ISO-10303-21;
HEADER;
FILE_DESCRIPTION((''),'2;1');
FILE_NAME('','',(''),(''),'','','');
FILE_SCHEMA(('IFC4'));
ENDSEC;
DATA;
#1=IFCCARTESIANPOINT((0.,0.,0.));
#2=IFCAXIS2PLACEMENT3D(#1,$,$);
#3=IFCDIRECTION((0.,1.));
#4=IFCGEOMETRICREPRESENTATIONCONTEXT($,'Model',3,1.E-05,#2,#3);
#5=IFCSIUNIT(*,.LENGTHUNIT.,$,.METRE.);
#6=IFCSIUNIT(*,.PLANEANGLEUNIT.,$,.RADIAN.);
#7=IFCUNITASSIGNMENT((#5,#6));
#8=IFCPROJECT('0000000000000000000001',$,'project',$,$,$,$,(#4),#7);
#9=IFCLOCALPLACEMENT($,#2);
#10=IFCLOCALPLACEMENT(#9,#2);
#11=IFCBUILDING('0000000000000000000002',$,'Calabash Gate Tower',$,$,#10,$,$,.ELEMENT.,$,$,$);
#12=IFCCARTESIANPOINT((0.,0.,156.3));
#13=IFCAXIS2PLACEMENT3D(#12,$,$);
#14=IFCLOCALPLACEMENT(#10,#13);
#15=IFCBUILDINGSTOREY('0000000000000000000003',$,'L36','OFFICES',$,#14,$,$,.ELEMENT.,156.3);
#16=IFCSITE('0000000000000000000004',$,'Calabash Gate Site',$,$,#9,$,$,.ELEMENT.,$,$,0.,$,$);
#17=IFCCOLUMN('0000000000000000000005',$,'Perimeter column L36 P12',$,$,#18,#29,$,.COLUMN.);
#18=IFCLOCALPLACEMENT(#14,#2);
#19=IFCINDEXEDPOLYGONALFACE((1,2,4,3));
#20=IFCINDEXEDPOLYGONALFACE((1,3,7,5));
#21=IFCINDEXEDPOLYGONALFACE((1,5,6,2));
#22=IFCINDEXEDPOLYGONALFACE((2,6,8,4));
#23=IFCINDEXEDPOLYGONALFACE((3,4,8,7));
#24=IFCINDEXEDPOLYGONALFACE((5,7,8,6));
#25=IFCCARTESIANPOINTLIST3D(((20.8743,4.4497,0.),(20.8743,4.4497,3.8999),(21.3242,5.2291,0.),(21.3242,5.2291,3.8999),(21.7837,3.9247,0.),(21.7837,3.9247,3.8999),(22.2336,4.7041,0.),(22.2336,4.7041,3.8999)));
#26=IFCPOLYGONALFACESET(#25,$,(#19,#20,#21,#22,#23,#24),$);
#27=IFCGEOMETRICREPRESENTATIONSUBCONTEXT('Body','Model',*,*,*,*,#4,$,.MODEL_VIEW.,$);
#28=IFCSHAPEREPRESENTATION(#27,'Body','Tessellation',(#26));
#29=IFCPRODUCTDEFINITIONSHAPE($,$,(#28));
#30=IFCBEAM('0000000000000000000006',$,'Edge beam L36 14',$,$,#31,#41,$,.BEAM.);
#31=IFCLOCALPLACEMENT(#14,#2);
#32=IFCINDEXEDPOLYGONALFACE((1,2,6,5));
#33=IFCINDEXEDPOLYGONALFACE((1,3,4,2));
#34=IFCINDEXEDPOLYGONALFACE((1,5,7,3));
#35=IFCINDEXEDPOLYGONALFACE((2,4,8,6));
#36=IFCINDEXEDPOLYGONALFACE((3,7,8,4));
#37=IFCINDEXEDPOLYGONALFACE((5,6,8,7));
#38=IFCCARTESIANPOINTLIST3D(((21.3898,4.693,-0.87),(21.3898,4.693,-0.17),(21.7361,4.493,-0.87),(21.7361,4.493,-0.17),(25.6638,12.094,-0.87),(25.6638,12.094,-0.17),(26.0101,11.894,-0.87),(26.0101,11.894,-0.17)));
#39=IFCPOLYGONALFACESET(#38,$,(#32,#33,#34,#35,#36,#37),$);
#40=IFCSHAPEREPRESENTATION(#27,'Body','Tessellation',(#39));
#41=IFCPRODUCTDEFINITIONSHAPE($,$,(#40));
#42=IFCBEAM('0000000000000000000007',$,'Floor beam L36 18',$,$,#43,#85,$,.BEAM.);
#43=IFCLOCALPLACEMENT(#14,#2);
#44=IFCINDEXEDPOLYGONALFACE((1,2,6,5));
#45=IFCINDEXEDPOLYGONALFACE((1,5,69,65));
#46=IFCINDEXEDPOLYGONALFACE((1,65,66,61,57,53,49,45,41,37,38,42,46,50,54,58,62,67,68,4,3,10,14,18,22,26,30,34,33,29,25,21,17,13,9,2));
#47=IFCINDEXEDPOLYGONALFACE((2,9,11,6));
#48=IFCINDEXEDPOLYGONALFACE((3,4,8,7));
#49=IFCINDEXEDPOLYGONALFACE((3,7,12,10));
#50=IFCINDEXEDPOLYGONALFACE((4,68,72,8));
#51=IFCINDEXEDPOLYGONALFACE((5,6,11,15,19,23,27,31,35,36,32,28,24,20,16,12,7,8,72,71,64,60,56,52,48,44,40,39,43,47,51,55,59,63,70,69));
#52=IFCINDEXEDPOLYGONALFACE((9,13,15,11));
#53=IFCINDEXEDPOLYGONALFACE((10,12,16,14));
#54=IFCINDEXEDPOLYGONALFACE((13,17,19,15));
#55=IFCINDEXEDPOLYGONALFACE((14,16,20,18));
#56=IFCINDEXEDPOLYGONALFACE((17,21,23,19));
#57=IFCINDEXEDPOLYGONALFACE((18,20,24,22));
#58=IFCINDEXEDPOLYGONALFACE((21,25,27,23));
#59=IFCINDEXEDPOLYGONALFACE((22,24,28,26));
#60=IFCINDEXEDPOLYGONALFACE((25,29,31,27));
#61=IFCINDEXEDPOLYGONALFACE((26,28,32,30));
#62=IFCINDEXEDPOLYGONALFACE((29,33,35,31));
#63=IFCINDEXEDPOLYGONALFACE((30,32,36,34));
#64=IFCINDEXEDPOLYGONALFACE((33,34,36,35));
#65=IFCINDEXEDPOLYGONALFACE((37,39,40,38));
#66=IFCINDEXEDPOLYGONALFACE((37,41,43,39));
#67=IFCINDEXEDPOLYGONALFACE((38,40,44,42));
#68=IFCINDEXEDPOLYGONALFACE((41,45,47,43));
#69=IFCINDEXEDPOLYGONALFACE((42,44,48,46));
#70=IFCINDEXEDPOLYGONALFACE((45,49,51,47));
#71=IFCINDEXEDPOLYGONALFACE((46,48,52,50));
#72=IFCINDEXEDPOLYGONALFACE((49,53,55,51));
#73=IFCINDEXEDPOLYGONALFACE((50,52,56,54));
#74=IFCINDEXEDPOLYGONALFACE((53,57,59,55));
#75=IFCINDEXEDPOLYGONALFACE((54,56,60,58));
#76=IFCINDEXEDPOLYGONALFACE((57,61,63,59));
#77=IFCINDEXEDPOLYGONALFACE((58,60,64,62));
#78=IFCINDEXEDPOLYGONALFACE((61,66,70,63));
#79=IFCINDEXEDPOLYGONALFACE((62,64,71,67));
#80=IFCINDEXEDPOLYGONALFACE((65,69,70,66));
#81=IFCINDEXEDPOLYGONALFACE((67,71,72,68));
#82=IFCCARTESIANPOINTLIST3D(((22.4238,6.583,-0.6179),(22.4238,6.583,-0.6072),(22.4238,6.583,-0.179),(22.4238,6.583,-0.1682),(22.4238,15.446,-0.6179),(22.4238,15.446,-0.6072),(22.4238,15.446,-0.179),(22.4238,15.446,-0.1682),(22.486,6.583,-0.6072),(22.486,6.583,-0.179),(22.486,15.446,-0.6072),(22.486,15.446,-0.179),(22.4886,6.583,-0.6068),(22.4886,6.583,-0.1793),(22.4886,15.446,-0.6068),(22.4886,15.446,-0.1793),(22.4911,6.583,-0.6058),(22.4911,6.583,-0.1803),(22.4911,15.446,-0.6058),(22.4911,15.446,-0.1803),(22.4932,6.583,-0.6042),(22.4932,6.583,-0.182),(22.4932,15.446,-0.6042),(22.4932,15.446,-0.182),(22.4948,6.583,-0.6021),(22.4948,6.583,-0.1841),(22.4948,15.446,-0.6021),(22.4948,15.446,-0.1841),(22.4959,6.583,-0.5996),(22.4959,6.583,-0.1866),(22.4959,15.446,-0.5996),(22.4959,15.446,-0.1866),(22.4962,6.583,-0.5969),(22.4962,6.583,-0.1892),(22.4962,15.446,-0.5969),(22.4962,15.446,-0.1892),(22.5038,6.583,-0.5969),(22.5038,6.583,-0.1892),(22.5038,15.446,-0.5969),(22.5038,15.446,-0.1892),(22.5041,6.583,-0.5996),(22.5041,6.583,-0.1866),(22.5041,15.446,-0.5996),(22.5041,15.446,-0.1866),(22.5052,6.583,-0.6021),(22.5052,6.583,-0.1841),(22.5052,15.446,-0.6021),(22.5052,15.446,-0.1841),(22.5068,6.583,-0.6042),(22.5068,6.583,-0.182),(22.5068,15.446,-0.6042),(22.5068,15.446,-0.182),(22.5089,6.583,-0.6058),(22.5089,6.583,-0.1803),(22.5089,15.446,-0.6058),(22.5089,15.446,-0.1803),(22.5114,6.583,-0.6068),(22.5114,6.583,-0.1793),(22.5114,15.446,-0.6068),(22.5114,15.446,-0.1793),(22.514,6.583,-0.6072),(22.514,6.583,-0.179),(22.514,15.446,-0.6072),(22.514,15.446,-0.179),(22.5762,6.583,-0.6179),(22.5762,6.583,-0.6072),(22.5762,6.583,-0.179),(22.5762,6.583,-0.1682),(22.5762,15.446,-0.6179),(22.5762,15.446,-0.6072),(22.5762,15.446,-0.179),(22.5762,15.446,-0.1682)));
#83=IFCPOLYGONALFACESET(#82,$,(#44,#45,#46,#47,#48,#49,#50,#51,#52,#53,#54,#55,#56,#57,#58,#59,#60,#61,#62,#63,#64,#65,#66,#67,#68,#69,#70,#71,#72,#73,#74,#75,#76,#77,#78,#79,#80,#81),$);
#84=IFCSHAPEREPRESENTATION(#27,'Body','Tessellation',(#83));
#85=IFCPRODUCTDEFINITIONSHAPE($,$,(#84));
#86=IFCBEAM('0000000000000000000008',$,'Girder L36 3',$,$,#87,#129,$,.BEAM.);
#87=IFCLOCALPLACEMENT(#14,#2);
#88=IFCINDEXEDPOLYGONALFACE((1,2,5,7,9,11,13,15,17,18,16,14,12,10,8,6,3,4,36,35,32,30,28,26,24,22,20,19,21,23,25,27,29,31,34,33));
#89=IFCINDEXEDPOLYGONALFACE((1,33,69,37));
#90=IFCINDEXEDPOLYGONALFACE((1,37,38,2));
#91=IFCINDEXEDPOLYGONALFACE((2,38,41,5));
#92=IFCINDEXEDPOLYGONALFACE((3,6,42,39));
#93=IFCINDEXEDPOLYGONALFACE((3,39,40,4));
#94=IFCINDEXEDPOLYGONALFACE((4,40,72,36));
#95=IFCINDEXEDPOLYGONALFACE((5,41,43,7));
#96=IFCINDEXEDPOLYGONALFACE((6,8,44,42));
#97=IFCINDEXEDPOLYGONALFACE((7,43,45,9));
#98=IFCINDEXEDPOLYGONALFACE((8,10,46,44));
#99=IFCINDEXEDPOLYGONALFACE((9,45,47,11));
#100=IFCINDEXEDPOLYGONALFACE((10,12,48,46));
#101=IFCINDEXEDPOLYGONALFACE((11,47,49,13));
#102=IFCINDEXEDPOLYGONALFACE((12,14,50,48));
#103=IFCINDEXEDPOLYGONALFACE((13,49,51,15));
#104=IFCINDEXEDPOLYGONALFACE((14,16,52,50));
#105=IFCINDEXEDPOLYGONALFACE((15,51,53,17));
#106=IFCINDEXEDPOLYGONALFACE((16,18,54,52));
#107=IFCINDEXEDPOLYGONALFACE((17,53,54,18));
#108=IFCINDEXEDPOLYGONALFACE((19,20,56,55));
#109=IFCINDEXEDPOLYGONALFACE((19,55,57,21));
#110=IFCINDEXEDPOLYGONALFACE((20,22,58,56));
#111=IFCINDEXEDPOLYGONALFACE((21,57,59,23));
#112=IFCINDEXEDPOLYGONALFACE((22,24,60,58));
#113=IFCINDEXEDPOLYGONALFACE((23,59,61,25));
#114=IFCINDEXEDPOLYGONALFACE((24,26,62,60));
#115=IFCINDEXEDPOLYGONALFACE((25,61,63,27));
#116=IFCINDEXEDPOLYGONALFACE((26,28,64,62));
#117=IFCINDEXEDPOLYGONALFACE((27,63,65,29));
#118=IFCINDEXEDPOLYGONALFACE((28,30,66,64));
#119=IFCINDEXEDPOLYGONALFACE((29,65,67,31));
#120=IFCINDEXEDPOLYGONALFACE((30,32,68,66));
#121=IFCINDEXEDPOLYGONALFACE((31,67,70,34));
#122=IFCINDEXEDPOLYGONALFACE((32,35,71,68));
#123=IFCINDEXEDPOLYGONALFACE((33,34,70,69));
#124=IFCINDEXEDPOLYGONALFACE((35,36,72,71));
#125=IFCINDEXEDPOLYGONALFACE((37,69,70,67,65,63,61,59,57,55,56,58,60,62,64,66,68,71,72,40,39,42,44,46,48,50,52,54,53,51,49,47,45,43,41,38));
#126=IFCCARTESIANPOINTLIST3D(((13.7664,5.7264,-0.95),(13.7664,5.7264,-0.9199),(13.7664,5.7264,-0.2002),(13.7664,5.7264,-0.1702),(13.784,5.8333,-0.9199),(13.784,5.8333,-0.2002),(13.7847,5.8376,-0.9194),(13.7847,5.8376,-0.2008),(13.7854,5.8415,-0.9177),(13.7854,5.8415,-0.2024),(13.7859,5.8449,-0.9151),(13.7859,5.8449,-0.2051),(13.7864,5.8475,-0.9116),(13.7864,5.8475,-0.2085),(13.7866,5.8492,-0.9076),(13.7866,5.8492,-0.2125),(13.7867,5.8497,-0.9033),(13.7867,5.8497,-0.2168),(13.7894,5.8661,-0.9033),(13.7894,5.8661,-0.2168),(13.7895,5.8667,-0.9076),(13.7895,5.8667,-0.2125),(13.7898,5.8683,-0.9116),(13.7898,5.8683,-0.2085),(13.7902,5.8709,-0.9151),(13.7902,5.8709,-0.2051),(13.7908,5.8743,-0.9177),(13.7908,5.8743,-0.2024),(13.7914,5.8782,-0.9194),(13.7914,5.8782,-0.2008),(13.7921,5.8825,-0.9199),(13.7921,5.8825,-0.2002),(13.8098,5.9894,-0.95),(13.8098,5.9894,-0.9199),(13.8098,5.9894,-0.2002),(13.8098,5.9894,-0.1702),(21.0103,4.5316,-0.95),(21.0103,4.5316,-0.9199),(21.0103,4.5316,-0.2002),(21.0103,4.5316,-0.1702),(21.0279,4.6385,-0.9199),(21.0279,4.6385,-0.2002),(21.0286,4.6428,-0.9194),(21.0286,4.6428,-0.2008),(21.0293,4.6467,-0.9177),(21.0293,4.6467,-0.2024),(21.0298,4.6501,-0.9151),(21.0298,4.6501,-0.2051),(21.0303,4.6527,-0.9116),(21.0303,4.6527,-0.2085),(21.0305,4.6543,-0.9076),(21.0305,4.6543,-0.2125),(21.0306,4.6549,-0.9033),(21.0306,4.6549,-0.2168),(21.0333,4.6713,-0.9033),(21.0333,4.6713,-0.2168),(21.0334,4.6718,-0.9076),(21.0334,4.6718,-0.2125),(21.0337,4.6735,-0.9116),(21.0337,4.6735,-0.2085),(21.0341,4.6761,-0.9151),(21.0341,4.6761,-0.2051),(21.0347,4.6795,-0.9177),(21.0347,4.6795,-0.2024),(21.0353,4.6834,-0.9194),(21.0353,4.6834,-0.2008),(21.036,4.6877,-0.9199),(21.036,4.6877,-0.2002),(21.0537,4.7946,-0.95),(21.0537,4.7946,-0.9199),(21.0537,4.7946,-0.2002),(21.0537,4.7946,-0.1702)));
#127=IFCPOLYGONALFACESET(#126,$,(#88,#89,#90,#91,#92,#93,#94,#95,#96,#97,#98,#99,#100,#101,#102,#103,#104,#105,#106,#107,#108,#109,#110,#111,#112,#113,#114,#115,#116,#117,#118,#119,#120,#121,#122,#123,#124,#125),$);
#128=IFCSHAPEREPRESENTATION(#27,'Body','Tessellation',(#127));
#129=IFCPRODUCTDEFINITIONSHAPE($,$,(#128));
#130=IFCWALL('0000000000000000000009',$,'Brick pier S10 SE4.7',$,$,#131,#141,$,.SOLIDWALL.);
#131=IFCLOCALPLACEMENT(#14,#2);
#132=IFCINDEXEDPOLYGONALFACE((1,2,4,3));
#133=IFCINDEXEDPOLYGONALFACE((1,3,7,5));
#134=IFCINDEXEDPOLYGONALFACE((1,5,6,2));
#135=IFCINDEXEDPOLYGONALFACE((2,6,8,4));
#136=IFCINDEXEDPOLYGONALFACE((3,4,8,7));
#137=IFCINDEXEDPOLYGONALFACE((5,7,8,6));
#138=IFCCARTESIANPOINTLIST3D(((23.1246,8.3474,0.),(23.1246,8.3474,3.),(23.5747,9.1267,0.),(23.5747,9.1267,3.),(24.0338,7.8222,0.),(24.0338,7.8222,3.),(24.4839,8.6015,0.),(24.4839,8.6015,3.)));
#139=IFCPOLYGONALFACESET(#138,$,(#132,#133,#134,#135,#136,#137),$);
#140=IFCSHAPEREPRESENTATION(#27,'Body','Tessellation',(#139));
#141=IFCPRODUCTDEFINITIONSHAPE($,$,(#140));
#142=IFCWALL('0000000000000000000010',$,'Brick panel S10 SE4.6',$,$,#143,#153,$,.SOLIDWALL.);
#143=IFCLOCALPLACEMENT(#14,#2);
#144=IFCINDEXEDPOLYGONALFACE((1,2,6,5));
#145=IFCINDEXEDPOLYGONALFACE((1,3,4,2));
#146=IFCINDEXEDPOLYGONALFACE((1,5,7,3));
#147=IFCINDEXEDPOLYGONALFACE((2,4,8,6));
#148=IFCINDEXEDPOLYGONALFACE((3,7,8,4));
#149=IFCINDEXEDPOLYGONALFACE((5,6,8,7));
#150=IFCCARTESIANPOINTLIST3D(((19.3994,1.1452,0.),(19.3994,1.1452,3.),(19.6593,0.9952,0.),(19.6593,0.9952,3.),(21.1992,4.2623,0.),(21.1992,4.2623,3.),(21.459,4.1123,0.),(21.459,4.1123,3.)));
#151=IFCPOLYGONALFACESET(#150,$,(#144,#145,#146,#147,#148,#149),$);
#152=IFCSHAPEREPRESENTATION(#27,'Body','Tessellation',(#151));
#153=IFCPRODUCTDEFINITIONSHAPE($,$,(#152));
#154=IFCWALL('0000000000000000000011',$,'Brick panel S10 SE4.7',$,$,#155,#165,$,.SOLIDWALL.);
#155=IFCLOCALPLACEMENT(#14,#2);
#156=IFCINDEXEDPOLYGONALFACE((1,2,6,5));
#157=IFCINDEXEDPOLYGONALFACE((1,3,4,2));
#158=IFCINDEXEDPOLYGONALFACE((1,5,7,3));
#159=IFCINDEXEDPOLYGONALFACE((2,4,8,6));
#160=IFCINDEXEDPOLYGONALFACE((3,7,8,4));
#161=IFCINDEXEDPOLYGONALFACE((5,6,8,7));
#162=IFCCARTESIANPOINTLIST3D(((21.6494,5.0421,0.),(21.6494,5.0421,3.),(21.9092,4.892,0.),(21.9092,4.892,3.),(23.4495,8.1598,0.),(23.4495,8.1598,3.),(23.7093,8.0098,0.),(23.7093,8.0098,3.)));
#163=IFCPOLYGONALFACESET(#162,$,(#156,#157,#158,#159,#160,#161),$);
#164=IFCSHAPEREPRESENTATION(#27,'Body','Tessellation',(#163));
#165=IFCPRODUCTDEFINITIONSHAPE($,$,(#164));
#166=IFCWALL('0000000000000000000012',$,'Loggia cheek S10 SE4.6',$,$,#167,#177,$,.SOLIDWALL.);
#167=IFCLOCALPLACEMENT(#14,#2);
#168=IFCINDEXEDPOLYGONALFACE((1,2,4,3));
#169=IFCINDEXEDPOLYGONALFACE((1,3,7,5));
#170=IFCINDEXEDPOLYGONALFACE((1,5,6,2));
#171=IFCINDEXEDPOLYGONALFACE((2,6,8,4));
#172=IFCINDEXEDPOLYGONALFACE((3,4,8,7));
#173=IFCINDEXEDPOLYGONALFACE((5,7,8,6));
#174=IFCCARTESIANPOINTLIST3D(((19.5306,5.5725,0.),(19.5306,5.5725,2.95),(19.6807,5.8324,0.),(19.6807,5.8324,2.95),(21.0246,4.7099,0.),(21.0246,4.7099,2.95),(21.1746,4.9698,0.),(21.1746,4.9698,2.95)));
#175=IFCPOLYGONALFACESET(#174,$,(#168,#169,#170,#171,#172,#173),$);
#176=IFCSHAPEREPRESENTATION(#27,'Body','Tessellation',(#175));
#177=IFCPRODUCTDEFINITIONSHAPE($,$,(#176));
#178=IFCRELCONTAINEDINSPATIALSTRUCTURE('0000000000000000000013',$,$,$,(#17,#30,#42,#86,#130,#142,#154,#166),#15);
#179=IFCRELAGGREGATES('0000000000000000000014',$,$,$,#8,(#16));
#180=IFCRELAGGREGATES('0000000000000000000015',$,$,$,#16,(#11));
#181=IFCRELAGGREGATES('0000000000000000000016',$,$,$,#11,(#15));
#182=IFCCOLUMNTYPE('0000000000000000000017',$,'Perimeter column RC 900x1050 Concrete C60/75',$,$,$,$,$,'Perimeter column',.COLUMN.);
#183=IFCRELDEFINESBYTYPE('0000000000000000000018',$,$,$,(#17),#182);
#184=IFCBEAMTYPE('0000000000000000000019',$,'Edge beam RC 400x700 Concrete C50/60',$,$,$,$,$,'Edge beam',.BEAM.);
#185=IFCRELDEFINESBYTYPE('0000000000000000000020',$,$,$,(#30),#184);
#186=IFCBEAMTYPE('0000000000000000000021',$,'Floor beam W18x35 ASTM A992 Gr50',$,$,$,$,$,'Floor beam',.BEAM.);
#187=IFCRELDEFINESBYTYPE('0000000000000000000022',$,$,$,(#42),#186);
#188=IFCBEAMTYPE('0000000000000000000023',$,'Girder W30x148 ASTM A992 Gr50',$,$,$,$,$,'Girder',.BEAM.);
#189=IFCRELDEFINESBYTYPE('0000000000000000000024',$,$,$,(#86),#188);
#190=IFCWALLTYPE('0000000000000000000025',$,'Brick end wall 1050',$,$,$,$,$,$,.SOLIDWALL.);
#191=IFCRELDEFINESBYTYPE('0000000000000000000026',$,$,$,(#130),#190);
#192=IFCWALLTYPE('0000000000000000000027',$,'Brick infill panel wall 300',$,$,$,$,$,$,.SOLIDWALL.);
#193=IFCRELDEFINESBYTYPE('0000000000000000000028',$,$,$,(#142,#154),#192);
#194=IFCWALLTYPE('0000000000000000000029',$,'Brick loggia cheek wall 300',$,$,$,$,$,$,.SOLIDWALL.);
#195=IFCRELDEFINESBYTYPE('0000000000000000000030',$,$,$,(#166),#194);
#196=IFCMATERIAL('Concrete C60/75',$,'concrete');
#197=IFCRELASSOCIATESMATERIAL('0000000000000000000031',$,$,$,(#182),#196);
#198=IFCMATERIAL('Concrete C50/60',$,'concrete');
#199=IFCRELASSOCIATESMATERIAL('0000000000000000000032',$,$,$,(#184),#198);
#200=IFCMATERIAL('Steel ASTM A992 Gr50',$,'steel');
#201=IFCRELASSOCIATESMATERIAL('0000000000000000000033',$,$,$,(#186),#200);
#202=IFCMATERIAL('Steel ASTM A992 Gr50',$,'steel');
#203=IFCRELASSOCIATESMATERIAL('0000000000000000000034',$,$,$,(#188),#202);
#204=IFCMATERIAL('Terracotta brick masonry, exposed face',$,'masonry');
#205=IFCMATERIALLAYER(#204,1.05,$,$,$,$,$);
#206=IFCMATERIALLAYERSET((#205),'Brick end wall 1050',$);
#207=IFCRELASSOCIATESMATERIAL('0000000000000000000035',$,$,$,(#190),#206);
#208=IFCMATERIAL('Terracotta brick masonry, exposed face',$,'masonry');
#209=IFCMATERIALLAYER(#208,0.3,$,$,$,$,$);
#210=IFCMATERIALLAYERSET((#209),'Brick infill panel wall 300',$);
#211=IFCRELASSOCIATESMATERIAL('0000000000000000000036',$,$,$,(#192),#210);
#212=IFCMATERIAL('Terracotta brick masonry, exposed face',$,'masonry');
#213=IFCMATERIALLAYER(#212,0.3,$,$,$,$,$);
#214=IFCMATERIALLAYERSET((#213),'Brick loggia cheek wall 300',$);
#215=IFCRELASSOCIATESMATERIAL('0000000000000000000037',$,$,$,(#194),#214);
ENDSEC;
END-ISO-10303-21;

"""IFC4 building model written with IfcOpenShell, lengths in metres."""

from ifc_helpers import new_model, si_unit, direction, frame, frame_2d, origin, origin_2d, place, context, subcontext, project, spatial, rectangle, i_section, extrude, material, layer, layer_set, material_profile, profile_set, type_object, element, save


model = new_model("IFC4")

# Units and contexts
model_context = context("Model", 3, precision=1e-05, world=origin(), true_north=direction((0.0, 1.0)))
body_context = subcontext(model_context, "Body", "Model", "MODEL_VIEW")
ifc_project = project(units=[si_unit("LENGTHUNIT", "METRE"), si_unit("PLANEANGLEUNIT", "RADIAN")], contexts=[model_context])

# Site, building, storey
site_placement = place(None, origin())
site = spatial("IfcSite", under=ifc_project, at=site_placement, Name="Calabash Gate Site", CompositionType="ELEMENT", RefElevation=0.0)
building_placement = place(site_placement, origin())
building = spatial("IfcBuilding", under=site, at=building_placement, Name="Calabash Gate Tower", CompositionType="ELEMENT")
storey_placement = place(building_placement, frame((0.0, 0.0, 156.3)))
storey = spatial("IfcBuildingStorey", under=building, at=storey_placement, Name="L36", Description="OFFICES", CompositionType="ELEMENT", Elevation=156.3)

# Column
ifc_material_1 = material(Name="Concrete C60/75", Category="concrete")
ifc_material_profile_1 = material_profile(ifc_material_1, rectangle(XDim=0.8999, YDim=1.05, at=origin_2d()))
ifc_profile_set_1 = profile_set([ifc_material_profile_1], Name="Concrete C60/75")
column_type = type_object("IfcColumnType", Name="Perimeter column RC 900x1050 Concrete C60/75", ElementType="Perimeter column", PredefinedType="COLUMN", material=ifc_profile_set_1)
column_placement = place(storey_placement, frame((21.554, 4.5769, 0.0), z_axis=(0.0, 0.0, 1.0), x_axis=(0.5, 0.866025, 0.0)))
element("IfcColumn", 1, at=column_placement, inside=storey, type_object=column_type, Name="Perimeter column L36 P12", PredefinedType="COLUMN", context=body_context, shape_type="SweptSolid", body=[
    extrude(rectangle(XDim=0.8999, YDim=1.05, at=origin_2d()), origin(), (0.0, 0.0, 1.0), 3.8999),
])

# Beams
ifc_material_2 = material(Name="Concrete C50/60", Category="concrete")
ifc_material_profile_2 = material_profile(ifc_material_2, rectangle(XDim=0.3999, YDim=0.7, at=origin_2d()))
ifc_profile_set_2 = profile_set([ifc_material_profile_2], Name="Concrete C50/60")
beam_type_1 = type_object("IfcBeamType", Name="Edge beam RC 400x700 Concrete C50/60", ElementType="Edge beam", PredefinedType="BEAM", material=ifc_profile_set_2)
beam_1_placement = place(storey_placement, frame((21.563, 4.593, -0.52), z_axis=(0.50009, 0.865973, 0.0), x_axis=(-0.865973, 0.50009, 0.0)))
element("IfcBeam", 2, at=beam_1_placement, inside=storey, type_object=beam_type_1, Name="Edge beam L36 14", PredefinedType="BEAM", context=body_context, shape_type="SweptSolid", body=[
    extrude(rectangle(XDim=0.3999, YDim=0.7, at=origin_2d()), origin(), (0.0, 0.0, 1.0), 8.5464),
])
ifc_material_3 = material(Name="Steel ASTM A992 Gr50", Category="steel")
ifc_material_profile_3 = material_profile(ifc_material_3, i_section(OverallWidth=0.1523, OverallDepth=0.4497, WebThickness=0.0076, FlangeThickness=0.0107, FilletRadius=0.0103, at=origin_2d()))
ifc_profile_set_3 = profile_set([ifc_material_profile_3], Name="Steel ASTM A992 Gr50")
beam_type_2 = type_object("IfcBeamType", Name="Floor beam W18x35 ASTM A992 Gr50", ElementType="Floor beam", PredefinedType="BEAM", material=ifc_profile_set_3)
beam_2_placement = place(storey_placement, frame((22.5, 6.583, -0.3931), z_axis=(0.0, 1.0, 0.0), x_axis=(-1.0, 0.0, 0.0)))
element("IfcBeam", 3, at=beam_2_placement, inside=storey, type_object=beam_type_2, Name="Floor beam L36 18", PredefinedType="BEAM", context=body_context, shape_type="SweptSolid", body=[
    extrude(i_section(OverallWidth=0.1523, OverallDepth=0.4497, WebThickness=0.0076, FlangeThickness=0.0107, FilletRadius=0.0103, at=origin_2d()), origin(), (0.0, 0.0, 1.0), 8.863),
])
ifc_material_4 = material(Name="Steel ASTM A992 Gr50", Category="steel")
ifc_material_profile_4 = material_profile(ifc_material_4, i_section(OverallWidth=0.2666, OverallDepth=0.7798, WebThickness=0.0166, FlangeThickness=0.03, FilletRadius=0.0166, at=origin_2d()))
ifc_profile_set_4 = profile_set([ifc_material_profile_4], Name="Steel ASTM A992 Gr50")
beam_type_3 = type_object("IfcBeamType", Name="Girder W30x148 ASTM A992 Gr50", ElementType="Girder", PredefinedType="BEAM", material=ifc_profile_set_4)
beam_3_placement = place(storey_placement, frame((21.032, 4.6631, -0.5601), z_axis=(-0.986668, 0.162743, 0.0), x_axis=(-0.162743, -0.986668, 0.0)))
element("IfcBeam", 4, at=beam_3_placement, inside=storey, type_object=beam_type_3, Name="Girder L36 3", PredefinedType="BEAM", context=body_context, shape_type="SweptSolid", body=[
    extrude(i_section(OverallWidth=0.2666, OverallDepth=0.7798, WebThickness=0.0166, FlangeThickness=0.03, FilletRadius=0.0166, at=origin_2d()), origin(), (0.0, 0.0, 1.0), 7.3418),
])

# Walls
ifc_material_5 = material(Name="Terracotta brick masonry, exposed face", Category="masonry")
ifc_layer_1 = layer(ifc_material_5, 1.05)
ifc_layer_set_1 = layer_set([ifc_layer_1], Name="Brick end wall 1050")
wall_type_1 = type_object("IfcWallType", Name="Brick end wall 1050", PredefinedType="SOLIDWALL", material=ifc_layer_set_1)
wall_1_placement = place(storey_placement, frame((24.2588, 8.2119, 0.0), z_axis=(0.0, 0.0, 1.0), x_axis=(-0.86593, 0.500165, 0.0)))
element("IfcWall", 5, at=wall_1_placement, inside=storey, type_object=wall_type_1, Name="Brick pier S10 SE4.7", PredefinedType="SOLIDWALL", context=body_context, shape_type="SweptSolid", body=[
    extrude(rectangle(XDim=1.05, YDim=0.8999, at=frame_2d((0.5249, 0.0))), origin(), (0.0, 0.0, 1.0), 3.0),
])
ifc_material_6 = material(Name="Terracotta brick masonry, exposed face", Category="masonry")
ifc_layer_2 = layer(ifc_material_6, 0.3)
ifc_layer_set_2 = layer_set([ifc_layer_2], Name="Brick infill panel wall 300")
wall_type_2 = type_object("IfcWallType", Name="Brick infill panel wall 300", PredefinedType="SOLIDWALL", material=ifc_layer_set_2)
wall_2_placement = place(storey_placement, frame((19.5293, 1.0701, 0.0), z_axis=(0.0, 0.0, 1.0), x_axis=(0.50002, 0.866014, 0.0)))
element("IfcWall", 6, at=wall_2_placement, inside=storey, type_object=wall_type_2, Name="Brick panel S10 SE4.6", PredefinedType="SOLIDWALL", context=body_context, shape_type="SweptSolid", body=[
    extrude(rectangle(XDim=3.5994, YDim=0.3, at=frame_2d((1.7998, 0.0))), origin(), (0.0, 0.0, 1.0), 3.0),
])
wall_3_placement = place(storey_placement, frame((21.7793, 4.967, 0.0), z_axis=(0.0, 0.0, 1.0), x_axis=(0.500012, 0.866018, 0.0)))
element("IfcWall", 7, at=wall_3_placement, inside=storey, type_object=wall_type_2, Name="Brick panel S10 SE4.7", PredefinedType="SOLIDWALL", context=body_context, shape_type="SweptSolid", body=[
    extrude(rectangle(XDim=3.6001, YDim=0.3, at=frame_2d((1.8, 0.0))), origin(), (0.0, 0.0, 1.0), 3.0),
])
ifc_material_7 = material(Name="Terracotta brick masonry, exposed face", Category="masonry")
ifc_layer_3 = layer(ifc_material_7, 0.3)
ifc_layer_set_3 = layer_set([ifc_layer_3], Name="Brick loggia cheek wall 300")
wall_type_3 = type_object("IfcWallType", Name="Brick loggia cheek wall 300", PredefinedType="SOLIDWALL", material=ifc_layer_set_3)
wall_4_placement = place(storey_placement, frame((21.0996, 4.8398, 0.0), z_axis=(0.0, 0.0, 1.0), x_axis=(-0.866014, 0.500021, 0.0)))
element("IfcWall", 8, at=wall_4_placement, inside=storey, type_object=wall_type_3, Name="Loggia cheek S10 SE4.6", PredefinedType="SOLIDWALL", context=body_context, shape_type="SweptSolid", body=[
    extrude(rectangle(XDim=1.7251, YDim=0.3, at=frame_2d((0.8625, 0.0))), origin(), (0.0, 0.0, 1.0), 2.95),
])

save(model, "model.ifc")
